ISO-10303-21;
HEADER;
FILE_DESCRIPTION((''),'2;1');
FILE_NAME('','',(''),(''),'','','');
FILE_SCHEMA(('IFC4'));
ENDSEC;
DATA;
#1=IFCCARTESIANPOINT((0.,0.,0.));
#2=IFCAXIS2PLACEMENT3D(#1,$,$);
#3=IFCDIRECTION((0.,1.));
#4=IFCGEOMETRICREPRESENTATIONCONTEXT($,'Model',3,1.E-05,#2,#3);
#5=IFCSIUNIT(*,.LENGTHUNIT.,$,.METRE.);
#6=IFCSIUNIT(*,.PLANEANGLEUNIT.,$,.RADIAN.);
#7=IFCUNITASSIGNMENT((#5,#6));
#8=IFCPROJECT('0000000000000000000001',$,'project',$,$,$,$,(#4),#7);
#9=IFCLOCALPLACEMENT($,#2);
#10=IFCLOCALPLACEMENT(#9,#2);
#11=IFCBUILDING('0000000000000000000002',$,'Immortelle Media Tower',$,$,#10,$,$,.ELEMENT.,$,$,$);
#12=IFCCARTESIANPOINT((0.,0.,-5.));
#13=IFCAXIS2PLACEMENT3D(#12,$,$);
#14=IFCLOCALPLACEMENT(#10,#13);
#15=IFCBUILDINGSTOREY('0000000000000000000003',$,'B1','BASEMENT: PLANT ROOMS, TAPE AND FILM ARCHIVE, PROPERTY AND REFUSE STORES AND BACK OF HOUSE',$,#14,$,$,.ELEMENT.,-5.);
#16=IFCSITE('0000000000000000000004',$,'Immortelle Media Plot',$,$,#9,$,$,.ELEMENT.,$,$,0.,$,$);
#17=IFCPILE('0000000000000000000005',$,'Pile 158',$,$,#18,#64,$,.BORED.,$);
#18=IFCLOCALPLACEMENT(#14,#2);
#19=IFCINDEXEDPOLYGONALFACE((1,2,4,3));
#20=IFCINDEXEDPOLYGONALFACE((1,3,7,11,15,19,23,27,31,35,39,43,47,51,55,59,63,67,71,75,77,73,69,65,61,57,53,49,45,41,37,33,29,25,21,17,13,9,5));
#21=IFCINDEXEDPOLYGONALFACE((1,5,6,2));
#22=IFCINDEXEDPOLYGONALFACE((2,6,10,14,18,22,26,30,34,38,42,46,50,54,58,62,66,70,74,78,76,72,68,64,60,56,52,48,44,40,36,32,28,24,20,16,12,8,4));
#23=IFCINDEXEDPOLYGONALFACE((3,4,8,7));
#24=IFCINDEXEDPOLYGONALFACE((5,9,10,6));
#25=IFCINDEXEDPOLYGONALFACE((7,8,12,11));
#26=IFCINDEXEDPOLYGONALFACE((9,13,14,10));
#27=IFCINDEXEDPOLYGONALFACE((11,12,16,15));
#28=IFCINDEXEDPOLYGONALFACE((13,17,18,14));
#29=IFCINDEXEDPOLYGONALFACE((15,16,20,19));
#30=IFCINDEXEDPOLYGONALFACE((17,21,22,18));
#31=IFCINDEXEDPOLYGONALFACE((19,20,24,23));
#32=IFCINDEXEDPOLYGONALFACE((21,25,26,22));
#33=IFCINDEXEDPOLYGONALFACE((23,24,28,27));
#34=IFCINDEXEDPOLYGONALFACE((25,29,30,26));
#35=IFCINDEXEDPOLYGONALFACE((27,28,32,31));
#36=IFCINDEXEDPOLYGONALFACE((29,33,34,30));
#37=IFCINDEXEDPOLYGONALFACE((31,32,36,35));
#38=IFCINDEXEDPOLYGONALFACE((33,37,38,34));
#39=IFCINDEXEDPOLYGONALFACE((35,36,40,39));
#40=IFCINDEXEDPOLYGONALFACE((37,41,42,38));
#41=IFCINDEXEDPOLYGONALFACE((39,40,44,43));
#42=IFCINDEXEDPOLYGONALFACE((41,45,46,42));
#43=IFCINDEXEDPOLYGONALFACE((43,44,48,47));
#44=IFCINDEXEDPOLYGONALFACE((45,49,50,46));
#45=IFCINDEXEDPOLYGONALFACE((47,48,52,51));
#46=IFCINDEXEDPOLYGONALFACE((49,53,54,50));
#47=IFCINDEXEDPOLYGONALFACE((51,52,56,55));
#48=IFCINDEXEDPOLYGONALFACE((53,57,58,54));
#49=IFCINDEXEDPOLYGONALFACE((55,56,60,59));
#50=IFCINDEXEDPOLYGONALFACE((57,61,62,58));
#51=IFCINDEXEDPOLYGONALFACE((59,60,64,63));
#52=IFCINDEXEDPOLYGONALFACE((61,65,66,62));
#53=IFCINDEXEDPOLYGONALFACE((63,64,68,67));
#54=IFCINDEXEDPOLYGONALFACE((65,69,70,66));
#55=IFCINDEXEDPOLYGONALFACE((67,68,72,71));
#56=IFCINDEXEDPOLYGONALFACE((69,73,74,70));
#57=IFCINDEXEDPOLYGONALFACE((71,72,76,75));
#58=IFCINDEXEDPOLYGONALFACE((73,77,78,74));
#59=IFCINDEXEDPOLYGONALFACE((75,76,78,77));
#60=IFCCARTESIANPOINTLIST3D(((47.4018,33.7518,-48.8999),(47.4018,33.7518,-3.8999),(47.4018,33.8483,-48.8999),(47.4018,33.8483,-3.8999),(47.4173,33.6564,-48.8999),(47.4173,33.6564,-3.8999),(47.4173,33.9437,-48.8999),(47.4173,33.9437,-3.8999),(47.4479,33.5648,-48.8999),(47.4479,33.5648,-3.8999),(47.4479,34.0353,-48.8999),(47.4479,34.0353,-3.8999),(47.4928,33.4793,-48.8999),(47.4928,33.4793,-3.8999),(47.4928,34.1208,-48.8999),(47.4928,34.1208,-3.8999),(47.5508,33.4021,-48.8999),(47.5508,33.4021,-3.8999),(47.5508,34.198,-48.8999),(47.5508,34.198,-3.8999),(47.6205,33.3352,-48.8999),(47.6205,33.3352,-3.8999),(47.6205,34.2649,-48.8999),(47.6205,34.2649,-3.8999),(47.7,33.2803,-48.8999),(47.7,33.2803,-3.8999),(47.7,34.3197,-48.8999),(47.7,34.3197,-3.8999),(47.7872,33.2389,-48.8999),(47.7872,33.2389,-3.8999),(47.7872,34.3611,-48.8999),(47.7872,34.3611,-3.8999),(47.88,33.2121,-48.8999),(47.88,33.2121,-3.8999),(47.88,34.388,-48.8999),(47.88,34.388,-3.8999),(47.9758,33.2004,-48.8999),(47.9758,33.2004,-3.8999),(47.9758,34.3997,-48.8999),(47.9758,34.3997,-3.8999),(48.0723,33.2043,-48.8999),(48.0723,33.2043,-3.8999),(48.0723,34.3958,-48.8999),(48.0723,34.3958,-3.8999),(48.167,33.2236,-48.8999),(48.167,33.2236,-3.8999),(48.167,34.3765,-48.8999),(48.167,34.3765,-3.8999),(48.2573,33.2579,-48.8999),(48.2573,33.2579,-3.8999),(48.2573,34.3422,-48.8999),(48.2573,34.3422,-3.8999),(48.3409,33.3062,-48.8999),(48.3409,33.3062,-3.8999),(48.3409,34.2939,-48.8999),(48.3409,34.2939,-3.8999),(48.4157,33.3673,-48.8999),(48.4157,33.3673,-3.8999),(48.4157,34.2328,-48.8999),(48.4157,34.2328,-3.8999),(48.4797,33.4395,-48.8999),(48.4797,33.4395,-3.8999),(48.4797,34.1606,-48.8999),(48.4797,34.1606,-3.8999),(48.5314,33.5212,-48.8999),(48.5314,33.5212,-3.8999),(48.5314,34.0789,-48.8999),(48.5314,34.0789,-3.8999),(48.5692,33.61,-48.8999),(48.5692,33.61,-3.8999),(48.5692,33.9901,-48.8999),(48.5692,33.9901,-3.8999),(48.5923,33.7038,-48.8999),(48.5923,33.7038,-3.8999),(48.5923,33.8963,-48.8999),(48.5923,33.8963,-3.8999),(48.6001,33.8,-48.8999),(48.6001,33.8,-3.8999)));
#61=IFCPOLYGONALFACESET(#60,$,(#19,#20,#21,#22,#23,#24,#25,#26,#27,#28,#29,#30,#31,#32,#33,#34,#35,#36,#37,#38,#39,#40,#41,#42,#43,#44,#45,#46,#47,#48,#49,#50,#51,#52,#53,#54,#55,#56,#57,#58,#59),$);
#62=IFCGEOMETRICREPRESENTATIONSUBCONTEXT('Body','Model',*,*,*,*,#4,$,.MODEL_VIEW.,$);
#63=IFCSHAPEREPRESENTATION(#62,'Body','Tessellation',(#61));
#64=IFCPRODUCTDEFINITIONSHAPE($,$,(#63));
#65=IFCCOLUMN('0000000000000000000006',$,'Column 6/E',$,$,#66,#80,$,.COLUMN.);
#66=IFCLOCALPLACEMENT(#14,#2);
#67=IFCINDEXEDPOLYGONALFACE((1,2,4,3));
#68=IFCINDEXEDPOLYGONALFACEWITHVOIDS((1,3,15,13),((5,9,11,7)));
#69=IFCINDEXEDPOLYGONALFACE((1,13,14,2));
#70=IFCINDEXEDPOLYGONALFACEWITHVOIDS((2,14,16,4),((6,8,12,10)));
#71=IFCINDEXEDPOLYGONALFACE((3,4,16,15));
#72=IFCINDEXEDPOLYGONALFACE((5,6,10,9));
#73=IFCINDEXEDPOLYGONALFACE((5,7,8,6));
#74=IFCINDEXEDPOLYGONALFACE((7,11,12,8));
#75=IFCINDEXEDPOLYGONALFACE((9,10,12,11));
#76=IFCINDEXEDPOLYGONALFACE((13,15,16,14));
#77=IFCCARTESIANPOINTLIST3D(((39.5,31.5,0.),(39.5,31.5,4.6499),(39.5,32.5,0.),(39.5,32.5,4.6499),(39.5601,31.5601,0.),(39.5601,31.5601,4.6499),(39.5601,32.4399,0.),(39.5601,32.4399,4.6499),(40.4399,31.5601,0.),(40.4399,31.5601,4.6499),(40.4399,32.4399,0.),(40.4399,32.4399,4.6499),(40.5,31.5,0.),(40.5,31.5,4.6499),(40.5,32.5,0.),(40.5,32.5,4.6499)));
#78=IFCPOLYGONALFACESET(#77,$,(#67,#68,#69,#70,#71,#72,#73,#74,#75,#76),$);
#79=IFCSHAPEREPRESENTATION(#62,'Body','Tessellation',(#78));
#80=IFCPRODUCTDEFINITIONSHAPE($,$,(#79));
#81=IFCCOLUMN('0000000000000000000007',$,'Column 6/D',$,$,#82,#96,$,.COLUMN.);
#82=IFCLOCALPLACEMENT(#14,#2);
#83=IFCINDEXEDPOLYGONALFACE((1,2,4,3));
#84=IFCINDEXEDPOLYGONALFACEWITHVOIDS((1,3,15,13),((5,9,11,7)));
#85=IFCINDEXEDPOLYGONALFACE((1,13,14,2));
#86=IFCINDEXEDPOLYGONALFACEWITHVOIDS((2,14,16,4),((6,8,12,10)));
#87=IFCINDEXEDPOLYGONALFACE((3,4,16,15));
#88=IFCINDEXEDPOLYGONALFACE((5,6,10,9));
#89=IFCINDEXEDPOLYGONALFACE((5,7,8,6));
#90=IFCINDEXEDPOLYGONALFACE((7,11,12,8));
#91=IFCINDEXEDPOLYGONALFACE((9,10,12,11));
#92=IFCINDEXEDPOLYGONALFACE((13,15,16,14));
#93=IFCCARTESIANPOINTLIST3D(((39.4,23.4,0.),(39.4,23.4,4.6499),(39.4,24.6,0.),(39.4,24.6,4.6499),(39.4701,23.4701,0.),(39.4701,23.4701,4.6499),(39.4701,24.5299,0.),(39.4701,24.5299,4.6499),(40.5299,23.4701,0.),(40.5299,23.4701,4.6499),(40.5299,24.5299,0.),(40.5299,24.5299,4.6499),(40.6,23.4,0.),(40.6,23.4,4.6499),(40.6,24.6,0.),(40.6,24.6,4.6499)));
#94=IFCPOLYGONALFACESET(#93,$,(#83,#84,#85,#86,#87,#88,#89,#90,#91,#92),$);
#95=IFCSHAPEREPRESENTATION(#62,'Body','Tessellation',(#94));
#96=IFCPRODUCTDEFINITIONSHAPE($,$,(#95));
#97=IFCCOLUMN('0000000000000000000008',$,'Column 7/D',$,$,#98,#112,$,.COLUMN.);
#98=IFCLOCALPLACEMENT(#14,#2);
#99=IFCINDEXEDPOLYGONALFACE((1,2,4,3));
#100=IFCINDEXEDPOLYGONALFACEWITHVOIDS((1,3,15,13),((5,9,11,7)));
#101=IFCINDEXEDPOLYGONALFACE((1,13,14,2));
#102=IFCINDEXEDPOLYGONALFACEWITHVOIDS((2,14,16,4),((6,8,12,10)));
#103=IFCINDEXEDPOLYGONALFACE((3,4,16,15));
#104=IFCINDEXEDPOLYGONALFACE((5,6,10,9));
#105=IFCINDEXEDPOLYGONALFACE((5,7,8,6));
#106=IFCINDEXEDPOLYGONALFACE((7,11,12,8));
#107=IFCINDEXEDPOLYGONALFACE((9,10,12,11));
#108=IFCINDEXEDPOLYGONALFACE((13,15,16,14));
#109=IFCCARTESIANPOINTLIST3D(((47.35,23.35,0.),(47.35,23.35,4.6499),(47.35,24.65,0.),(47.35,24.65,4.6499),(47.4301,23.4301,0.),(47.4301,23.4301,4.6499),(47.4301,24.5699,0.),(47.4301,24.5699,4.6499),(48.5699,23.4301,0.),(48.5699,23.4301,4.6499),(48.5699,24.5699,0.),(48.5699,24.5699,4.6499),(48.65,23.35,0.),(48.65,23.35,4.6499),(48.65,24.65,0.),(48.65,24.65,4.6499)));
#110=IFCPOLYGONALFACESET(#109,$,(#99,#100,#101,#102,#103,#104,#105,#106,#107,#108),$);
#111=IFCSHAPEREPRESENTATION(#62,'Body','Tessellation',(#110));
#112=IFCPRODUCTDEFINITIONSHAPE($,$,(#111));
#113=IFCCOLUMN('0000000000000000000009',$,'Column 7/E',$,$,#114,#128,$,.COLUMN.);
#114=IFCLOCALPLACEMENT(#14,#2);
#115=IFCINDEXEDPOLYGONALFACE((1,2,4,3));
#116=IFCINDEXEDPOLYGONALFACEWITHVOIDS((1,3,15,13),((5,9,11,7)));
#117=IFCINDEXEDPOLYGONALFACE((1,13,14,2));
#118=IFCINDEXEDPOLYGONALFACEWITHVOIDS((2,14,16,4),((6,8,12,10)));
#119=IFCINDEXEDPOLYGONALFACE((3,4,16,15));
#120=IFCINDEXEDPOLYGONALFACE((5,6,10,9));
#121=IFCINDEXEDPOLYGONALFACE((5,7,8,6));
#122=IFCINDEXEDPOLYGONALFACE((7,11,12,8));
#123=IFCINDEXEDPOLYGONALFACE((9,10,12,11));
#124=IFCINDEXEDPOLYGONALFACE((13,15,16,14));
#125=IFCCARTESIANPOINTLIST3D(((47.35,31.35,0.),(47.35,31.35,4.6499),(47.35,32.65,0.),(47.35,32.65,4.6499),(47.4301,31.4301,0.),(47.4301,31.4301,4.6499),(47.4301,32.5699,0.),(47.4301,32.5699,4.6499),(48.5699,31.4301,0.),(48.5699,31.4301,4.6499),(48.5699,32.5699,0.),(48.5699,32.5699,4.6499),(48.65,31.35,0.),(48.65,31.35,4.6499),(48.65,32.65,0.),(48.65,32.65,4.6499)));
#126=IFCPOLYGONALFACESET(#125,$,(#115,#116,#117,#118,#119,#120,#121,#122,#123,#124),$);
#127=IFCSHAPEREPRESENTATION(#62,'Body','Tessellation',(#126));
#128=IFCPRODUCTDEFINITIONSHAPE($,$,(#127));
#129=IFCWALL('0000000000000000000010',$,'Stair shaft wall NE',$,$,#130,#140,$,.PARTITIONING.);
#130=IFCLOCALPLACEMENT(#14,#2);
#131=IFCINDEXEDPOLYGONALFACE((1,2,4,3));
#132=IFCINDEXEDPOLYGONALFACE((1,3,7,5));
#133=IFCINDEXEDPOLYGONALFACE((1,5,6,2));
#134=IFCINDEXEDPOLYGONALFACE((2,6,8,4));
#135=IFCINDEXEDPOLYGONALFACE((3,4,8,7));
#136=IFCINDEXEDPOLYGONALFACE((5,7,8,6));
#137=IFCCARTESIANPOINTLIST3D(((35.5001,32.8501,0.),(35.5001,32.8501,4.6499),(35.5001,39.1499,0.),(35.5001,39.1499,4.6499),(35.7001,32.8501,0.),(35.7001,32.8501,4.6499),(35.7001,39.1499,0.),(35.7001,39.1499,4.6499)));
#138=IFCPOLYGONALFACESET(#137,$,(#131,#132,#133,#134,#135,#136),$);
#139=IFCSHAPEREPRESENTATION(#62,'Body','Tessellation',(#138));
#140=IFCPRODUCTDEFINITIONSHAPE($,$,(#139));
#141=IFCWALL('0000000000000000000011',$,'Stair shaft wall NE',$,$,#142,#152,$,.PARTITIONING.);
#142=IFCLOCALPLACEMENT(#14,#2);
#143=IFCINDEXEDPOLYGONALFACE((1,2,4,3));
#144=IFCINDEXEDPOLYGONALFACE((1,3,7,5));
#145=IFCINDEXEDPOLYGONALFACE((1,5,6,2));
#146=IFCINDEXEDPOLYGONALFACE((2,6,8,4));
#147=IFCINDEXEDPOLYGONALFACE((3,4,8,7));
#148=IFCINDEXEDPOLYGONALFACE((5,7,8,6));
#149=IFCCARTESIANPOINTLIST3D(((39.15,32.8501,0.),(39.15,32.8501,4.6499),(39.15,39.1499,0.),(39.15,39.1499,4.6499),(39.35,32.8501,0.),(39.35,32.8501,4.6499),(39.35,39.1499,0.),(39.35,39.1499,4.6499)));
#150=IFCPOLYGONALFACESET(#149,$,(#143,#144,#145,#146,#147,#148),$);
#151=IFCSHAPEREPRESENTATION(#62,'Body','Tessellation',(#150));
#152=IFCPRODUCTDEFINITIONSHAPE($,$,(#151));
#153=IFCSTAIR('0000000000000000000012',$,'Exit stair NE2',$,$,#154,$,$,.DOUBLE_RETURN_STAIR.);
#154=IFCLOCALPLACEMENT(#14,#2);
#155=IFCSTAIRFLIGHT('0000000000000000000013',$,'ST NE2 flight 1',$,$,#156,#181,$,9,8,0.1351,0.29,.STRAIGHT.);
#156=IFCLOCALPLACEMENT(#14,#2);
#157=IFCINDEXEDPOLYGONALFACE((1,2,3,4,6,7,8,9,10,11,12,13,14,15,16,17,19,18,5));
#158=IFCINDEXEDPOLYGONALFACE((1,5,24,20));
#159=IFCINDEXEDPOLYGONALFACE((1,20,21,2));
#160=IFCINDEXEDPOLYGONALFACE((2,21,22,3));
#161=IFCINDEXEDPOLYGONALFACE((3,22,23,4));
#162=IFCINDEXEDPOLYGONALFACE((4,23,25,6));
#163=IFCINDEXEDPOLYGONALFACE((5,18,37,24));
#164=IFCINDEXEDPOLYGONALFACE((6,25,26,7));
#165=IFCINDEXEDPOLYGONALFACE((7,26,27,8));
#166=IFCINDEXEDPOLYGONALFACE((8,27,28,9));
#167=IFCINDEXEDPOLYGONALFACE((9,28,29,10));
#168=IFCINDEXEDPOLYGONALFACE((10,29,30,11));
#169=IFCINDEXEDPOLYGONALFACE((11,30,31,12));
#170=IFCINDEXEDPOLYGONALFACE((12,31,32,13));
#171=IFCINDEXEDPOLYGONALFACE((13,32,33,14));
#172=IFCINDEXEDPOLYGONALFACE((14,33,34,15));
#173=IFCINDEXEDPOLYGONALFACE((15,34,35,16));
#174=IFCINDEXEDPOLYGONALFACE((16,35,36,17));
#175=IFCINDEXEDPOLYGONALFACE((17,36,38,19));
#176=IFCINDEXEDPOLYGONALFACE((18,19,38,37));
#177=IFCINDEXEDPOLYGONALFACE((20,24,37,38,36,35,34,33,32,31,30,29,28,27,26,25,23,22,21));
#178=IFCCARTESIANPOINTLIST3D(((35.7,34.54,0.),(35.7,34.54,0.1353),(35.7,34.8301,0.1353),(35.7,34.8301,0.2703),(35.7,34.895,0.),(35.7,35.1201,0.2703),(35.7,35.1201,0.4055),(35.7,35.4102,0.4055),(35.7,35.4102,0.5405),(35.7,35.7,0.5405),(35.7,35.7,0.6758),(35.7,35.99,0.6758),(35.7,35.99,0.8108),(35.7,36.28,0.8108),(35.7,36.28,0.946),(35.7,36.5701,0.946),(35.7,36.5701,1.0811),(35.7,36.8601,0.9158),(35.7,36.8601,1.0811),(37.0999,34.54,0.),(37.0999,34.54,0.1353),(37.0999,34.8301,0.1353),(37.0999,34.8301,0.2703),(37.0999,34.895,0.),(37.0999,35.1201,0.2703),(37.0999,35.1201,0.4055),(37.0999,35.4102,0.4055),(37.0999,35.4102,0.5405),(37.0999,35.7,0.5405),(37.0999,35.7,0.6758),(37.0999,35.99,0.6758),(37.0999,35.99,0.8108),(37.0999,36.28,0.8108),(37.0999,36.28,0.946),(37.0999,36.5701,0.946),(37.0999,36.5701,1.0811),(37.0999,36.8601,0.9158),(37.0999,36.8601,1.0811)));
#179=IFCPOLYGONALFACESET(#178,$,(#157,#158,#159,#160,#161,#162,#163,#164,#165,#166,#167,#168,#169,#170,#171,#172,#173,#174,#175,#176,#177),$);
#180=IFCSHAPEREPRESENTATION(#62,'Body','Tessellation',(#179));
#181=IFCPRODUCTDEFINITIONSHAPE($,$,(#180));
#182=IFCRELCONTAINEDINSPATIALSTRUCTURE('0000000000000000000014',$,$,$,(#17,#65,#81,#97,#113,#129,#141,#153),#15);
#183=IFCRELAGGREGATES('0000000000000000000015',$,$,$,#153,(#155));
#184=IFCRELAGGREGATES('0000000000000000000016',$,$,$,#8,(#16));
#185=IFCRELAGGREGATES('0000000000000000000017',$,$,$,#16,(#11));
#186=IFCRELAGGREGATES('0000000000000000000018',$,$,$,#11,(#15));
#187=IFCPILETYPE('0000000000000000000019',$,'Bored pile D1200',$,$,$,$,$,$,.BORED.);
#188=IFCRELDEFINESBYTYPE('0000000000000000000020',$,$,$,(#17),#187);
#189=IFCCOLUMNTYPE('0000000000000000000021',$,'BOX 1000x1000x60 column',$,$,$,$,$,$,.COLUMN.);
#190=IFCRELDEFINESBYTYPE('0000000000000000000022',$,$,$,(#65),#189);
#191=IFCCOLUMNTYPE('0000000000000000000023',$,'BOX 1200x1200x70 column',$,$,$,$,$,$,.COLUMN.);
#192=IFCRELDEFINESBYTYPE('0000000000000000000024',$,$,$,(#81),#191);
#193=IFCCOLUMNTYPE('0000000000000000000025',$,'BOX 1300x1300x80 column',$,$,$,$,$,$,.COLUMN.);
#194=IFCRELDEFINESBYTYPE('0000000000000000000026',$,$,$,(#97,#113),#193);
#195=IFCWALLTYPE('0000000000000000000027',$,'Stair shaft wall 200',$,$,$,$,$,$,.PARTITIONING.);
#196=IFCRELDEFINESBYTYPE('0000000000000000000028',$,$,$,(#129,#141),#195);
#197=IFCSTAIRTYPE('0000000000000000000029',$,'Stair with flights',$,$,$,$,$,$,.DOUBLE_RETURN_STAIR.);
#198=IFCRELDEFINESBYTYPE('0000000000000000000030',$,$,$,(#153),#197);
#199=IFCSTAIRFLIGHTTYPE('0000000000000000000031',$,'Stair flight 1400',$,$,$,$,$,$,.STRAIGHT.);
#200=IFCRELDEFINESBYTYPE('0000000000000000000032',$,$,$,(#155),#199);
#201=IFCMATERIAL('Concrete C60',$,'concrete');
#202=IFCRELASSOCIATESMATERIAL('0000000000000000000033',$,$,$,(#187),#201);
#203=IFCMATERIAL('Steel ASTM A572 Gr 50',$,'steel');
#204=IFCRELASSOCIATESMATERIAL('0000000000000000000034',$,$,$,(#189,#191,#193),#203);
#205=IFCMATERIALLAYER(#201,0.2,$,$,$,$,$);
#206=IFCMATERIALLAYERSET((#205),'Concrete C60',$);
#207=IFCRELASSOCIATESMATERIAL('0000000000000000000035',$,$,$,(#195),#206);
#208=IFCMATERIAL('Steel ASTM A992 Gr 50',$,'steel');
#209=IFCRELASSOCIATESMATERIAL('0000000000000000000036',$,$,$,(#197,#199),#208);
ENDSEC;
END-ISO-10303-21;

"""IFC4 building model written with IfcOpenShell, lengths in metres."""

from ifc_helpers import new_model, si_unit, direction, frame, frame_2d, origin, origin_2d, place, context, subcontext, project, spatial, polyline, rectangle, hollow_rectangle, circle, outline, extrude, material, layer, layer_set, material_profile, profile_set, type_object, element, aggregate, save


model = new_model("IFC4")

# Units and contexts
model_context = context("Model", 3, precision=1e-05, world=origin(), true_north=direction((0.0, 1.0)))
body_context = subcontext(model_context, "Body", "Model", "MODEL_VIEW")
ifc_project = project(units=[si_unit("LENGTHUNIT", "METRE"), si_unit("PLANEANGLEUNIT", "RADIAN")], contexts=[model_context])

# Site, building, storey
site_placement = place(None, origin())
site = spatial("IfcSite", under=ifc_project, at=site_placement, Name="Immortelle Media Plot", CompositionType="ELEMENT", RefElevation=0.0)
building_placement = place(site_placement, origin())
building = spatial("IfcBuilding", under=site, at=building_placement, Name="Immortelle Media Tower", CompositionType="ELEMENT")
storey_placement = place(building_placement, frame((0.0, 0.0, -5.0)))
storey = spatial("IfcBuildingStorey", under=building, at=storey_placement, Name="B1", Description="BASEMENT: PLANT ROOMS, TAPE AND FILM ARCHIVE, PROPERTY AND REFUSE STORES AND BACK OF HOUSE", CompositionType="ELEMENT", Elevation=-5.0)

# Pile
ifc_material_1 = material(Name="Concrete C60", Category="concrete")
ifc_material_profile_1 = material_profile(ifc_material_1, circle(Radius=0.6001, at=origin_2d()), Name="Bored pile D1200")
ifc_profile_set_1 = profile_set([ifc_material_profile_1], Name="Concrete C60")
pile_type = type_object("IfcPileType", Name="Bored pile D1200", PredefinedType="BORED", material=ifc_profile_set_1)
for number, where, z_axis, x_axis, name in (
    (1, (48.0, 33.8, -3.8999), (0.0, 0.0, -1.0), (1.0, 0.0, 0.0), "Pile 158"),
):
    element("IfcPile", number, at=place(storey_placement, frame(where, z_axis=z_axis, x_axis=x_axis)), inside=storey, type_object=pile_type, Name=name, PredefinedType="BORED", context=body_context, shape_type="SweptSolid", body=[
        extrude(circle(Radius=0.6001, at=origin_2d()), origin(), (0.0, 0.0, 1.0), 45.0),
    ])

# Columns
ifc_material_2 = material(Name="Steel ASTM A572 Gr 50", Category="steel")
ifc_material_profile_2 = material_profile(ifc_material_2, hollow_rectangle(XDim=1.0, YDim=1.0, WallThickness=0.0601, at=origin_2d()), Name="BOX 1000x1000x60 column")
ifc_profile_set_2 = profile_set([ifc_material_profile_2], Name="Steel ASTM A572 Gr 50")
column_type_1 = type_object("IfcColumnType", Name="BOX 1000x1000x60 column", PredefinedType="COLUMN", material=ifc_profile_set_2)
column_1_placement = place(storey_placement, frame((40.0, 32.0, 0.0), z_axis=(0.0, 0.0, 1.0), x_axis=(1.0, 0.0, 0.0)))
element("IfcColumn", 2, at=column_1_placement, inside=storey, type_object=column_type_1, Name="Column 6/E", PredefinedType="COLUMN", context=body_context, shape_type="SweptSolid", body=[
    extrude(hollow_rectangle(XDim=1.0, YDim=1.0, WallThickness=0.0601, at=origin_2d()), origin(), (0.0, 0.0, 1.0), 4.6499),
])
ifc_material_profile_3 = material_profile(ifc_material_2, hollow_rectangle(XDim=1.2, YDim=1.2, WallThickness=0.0701, at=origin_2d()), Name="BOX 1200x1200x70 column")
ifc_profile_set_3 = profile_set([ifc_material_profile_3], Name="Steel ASTM A572 Gr 50")
column_type_2 = type_object("IfcColumnType", Name="BOX 1200x1200x70 column", PredefinedType="COLUMN", material=ifc_profile_set_3)
column_2_placement = place(storey_placement, frame((40.0, 24.0, 0.0), z_axis=(0.0, 0.0, 1.0), x_axis=(1.0, 0.0, 0.0)))
element("IfcColumn", 3, at=column_2_placement, inside=storey, type_object=column_type_2, Name="Column 6/D", PredefinedType="COLUMN", context=body_context, shape_type="SweptSolid", body=[
    extrude(hollow_rectangle(XDim=1.2, YDim=1.2, WallThickness=0.0701, at=origin_2d()), origin(), (0.0, 0.0, 1.0), 4.6499),
])
ifc_material_profile_4 = material_profile(ifc_material_2, hollow_rectangle(XDim=1.3, YDim=1.3, WallThickness=0.0801, at=origin_2d()), Name="BOX 1300x1300x80 column")
ifc_profile_set_4 = profile_set([ifc_material_profile_4], Name="Steel ASTM A572 Gr 50")
column_type_3 = type_object("IfcColumnType", Name="BOX 1300x1300x80 column", PredefinedType="COLUMN", material=ifc_profile_set_4)
for number, where, z_axis, x_axis, name in (
    (4, (48.0, 24.0, 0.0), (0.0, 0.0, 1.0), (1.0, 0.0, 0.0), "Column 7/D"),
    (5, (48.0, 32.0, 0.0), (0.0, 0.0, 1.0), (1.0, 0.0, 0.0), "Column 7/E"),
):
    element("IfcColumn", number, at=place(storey_placement, frame(where, z_axis=z_axis, x_axis=x_axis)), inside=storey, type_object=column_type_3, Name=name, PredefinedType="COLUMN", context=body_context, shape_type="SweptSolid", body=[
        extrude(hollow_rectangle(XDim=1.3, YDim=1.3, WallThickness=0.0801, at=origin_2d()), origin(), (0.0, 0.0, 1.0), 4.6499),
    ])

# Walls
ifc_layer_1 = layer(ifc_material_1, 0.2)
ifc_layer_set_1 = layer_set([ifc_layer_1], Name="Concrete C60")
wall_type = type_object("IfcWallType", Name="Stair shaft wall 200", PredefinedType="PARTITIONING", material=ifc_layer_set_1)
for number, where, z_axis, x_axis, name in (
    (6, (35.6001, 32.8501, 0.0), (0.0, 0.0, 1.0), (0.0, 1.0, 0.0), "Stair shaft wall NE"),
    (7, (39.25, 32.8501, 0.0), (0.0, 0.0, 1.0), (0.0, 1.0, 0.0), "Stair shaft wall NE"),
):
    element("IfcWall", number, at=place(storey_placement, frame(where, z_axis=z_axis, x_axis=x_axis)), inside=storey, type_object=wall_type, Name=name, PredefinedType="PARTITIONING", context=body_context, shape_type="SweptSolid", body=[
        extrude(rectangle(XDim=6.2998, YDim=0.2, at=frame_2d((3.1499, 0.0))), origin(), (0.0, 0.0, 1.0), 4.6499),
    ])

# Stair, stair flight
ifc_material_3 = material(Name="Steel ASTM A992 Gr 50", Category="steel")
stair_type = type_object("IfcStairType", Name="Stair with flights", PredefinedType="DOUBLE_RETURN_STAIR", material=ifc_material_3)
stair_placement = place(storey_placement, origin())
stair = element("IfcStair", 8, at=stair_placement, inside=storey, type_object=stair_type, Name="Exit stair NE2", PredefinedType="DOUBLE_RETURN_STAIR")
stair_flight_type = type_object("IfcStairFlightType", Name="Stair flight 1400", PredefinedType="STRAIGHT", material=ifc_material_3)
stair_flight_placement = place(storey_placement, frame((36.3999, 34.54, 0.0), z_axis=(0.0, 0.0, 1.0), x_axis=(0.0, 1.0, 0.0)))
stair_flight = element("IfcStairFlight", 9, at=stair_flight_placement, type_object=stair_flight_type, Name="ST NE2 flight 1", NumberOfRisers=9, NumberOfTreads=8, PredefinedType="STRAIGHT", RiserHeight=0.1351, TreadLength=0.29, context=body_context, shape_type="SweptSolid", body=[
    extrude(outline(polyline([(0.0, 0.0), (0.0, 0.1353), (0.29, 0.1353), (0.29, 0.2703), (0.5801, 0.2703), (0.5801, 0.4055), (0.8701, 0.4055), (0.8701, 0.5405), (1.1599, 0.5405), (1.1599, 0.6758), (1.45, 0.6758), (1.45, 0.8108), (1.74, 0.8108), (1.74, 0.946), (2.03, 0.946), (2.03, 1.0811), (2.3201, 1.0811), (2.3201, 1.2163), (2.3201, 0.9158), (0.355, 0.0), (0.0, 0.0)])), frame((0.0, 0.7, 0.0), z_axis=(0.0, -1.0, 0.0), x_axis=(1.0, 0.0, 0.0)), (0.0, 0.0, 1.0), 1.3999),
])
aggregate(stair, [stair_flight])

save(model, "model.ifc")
